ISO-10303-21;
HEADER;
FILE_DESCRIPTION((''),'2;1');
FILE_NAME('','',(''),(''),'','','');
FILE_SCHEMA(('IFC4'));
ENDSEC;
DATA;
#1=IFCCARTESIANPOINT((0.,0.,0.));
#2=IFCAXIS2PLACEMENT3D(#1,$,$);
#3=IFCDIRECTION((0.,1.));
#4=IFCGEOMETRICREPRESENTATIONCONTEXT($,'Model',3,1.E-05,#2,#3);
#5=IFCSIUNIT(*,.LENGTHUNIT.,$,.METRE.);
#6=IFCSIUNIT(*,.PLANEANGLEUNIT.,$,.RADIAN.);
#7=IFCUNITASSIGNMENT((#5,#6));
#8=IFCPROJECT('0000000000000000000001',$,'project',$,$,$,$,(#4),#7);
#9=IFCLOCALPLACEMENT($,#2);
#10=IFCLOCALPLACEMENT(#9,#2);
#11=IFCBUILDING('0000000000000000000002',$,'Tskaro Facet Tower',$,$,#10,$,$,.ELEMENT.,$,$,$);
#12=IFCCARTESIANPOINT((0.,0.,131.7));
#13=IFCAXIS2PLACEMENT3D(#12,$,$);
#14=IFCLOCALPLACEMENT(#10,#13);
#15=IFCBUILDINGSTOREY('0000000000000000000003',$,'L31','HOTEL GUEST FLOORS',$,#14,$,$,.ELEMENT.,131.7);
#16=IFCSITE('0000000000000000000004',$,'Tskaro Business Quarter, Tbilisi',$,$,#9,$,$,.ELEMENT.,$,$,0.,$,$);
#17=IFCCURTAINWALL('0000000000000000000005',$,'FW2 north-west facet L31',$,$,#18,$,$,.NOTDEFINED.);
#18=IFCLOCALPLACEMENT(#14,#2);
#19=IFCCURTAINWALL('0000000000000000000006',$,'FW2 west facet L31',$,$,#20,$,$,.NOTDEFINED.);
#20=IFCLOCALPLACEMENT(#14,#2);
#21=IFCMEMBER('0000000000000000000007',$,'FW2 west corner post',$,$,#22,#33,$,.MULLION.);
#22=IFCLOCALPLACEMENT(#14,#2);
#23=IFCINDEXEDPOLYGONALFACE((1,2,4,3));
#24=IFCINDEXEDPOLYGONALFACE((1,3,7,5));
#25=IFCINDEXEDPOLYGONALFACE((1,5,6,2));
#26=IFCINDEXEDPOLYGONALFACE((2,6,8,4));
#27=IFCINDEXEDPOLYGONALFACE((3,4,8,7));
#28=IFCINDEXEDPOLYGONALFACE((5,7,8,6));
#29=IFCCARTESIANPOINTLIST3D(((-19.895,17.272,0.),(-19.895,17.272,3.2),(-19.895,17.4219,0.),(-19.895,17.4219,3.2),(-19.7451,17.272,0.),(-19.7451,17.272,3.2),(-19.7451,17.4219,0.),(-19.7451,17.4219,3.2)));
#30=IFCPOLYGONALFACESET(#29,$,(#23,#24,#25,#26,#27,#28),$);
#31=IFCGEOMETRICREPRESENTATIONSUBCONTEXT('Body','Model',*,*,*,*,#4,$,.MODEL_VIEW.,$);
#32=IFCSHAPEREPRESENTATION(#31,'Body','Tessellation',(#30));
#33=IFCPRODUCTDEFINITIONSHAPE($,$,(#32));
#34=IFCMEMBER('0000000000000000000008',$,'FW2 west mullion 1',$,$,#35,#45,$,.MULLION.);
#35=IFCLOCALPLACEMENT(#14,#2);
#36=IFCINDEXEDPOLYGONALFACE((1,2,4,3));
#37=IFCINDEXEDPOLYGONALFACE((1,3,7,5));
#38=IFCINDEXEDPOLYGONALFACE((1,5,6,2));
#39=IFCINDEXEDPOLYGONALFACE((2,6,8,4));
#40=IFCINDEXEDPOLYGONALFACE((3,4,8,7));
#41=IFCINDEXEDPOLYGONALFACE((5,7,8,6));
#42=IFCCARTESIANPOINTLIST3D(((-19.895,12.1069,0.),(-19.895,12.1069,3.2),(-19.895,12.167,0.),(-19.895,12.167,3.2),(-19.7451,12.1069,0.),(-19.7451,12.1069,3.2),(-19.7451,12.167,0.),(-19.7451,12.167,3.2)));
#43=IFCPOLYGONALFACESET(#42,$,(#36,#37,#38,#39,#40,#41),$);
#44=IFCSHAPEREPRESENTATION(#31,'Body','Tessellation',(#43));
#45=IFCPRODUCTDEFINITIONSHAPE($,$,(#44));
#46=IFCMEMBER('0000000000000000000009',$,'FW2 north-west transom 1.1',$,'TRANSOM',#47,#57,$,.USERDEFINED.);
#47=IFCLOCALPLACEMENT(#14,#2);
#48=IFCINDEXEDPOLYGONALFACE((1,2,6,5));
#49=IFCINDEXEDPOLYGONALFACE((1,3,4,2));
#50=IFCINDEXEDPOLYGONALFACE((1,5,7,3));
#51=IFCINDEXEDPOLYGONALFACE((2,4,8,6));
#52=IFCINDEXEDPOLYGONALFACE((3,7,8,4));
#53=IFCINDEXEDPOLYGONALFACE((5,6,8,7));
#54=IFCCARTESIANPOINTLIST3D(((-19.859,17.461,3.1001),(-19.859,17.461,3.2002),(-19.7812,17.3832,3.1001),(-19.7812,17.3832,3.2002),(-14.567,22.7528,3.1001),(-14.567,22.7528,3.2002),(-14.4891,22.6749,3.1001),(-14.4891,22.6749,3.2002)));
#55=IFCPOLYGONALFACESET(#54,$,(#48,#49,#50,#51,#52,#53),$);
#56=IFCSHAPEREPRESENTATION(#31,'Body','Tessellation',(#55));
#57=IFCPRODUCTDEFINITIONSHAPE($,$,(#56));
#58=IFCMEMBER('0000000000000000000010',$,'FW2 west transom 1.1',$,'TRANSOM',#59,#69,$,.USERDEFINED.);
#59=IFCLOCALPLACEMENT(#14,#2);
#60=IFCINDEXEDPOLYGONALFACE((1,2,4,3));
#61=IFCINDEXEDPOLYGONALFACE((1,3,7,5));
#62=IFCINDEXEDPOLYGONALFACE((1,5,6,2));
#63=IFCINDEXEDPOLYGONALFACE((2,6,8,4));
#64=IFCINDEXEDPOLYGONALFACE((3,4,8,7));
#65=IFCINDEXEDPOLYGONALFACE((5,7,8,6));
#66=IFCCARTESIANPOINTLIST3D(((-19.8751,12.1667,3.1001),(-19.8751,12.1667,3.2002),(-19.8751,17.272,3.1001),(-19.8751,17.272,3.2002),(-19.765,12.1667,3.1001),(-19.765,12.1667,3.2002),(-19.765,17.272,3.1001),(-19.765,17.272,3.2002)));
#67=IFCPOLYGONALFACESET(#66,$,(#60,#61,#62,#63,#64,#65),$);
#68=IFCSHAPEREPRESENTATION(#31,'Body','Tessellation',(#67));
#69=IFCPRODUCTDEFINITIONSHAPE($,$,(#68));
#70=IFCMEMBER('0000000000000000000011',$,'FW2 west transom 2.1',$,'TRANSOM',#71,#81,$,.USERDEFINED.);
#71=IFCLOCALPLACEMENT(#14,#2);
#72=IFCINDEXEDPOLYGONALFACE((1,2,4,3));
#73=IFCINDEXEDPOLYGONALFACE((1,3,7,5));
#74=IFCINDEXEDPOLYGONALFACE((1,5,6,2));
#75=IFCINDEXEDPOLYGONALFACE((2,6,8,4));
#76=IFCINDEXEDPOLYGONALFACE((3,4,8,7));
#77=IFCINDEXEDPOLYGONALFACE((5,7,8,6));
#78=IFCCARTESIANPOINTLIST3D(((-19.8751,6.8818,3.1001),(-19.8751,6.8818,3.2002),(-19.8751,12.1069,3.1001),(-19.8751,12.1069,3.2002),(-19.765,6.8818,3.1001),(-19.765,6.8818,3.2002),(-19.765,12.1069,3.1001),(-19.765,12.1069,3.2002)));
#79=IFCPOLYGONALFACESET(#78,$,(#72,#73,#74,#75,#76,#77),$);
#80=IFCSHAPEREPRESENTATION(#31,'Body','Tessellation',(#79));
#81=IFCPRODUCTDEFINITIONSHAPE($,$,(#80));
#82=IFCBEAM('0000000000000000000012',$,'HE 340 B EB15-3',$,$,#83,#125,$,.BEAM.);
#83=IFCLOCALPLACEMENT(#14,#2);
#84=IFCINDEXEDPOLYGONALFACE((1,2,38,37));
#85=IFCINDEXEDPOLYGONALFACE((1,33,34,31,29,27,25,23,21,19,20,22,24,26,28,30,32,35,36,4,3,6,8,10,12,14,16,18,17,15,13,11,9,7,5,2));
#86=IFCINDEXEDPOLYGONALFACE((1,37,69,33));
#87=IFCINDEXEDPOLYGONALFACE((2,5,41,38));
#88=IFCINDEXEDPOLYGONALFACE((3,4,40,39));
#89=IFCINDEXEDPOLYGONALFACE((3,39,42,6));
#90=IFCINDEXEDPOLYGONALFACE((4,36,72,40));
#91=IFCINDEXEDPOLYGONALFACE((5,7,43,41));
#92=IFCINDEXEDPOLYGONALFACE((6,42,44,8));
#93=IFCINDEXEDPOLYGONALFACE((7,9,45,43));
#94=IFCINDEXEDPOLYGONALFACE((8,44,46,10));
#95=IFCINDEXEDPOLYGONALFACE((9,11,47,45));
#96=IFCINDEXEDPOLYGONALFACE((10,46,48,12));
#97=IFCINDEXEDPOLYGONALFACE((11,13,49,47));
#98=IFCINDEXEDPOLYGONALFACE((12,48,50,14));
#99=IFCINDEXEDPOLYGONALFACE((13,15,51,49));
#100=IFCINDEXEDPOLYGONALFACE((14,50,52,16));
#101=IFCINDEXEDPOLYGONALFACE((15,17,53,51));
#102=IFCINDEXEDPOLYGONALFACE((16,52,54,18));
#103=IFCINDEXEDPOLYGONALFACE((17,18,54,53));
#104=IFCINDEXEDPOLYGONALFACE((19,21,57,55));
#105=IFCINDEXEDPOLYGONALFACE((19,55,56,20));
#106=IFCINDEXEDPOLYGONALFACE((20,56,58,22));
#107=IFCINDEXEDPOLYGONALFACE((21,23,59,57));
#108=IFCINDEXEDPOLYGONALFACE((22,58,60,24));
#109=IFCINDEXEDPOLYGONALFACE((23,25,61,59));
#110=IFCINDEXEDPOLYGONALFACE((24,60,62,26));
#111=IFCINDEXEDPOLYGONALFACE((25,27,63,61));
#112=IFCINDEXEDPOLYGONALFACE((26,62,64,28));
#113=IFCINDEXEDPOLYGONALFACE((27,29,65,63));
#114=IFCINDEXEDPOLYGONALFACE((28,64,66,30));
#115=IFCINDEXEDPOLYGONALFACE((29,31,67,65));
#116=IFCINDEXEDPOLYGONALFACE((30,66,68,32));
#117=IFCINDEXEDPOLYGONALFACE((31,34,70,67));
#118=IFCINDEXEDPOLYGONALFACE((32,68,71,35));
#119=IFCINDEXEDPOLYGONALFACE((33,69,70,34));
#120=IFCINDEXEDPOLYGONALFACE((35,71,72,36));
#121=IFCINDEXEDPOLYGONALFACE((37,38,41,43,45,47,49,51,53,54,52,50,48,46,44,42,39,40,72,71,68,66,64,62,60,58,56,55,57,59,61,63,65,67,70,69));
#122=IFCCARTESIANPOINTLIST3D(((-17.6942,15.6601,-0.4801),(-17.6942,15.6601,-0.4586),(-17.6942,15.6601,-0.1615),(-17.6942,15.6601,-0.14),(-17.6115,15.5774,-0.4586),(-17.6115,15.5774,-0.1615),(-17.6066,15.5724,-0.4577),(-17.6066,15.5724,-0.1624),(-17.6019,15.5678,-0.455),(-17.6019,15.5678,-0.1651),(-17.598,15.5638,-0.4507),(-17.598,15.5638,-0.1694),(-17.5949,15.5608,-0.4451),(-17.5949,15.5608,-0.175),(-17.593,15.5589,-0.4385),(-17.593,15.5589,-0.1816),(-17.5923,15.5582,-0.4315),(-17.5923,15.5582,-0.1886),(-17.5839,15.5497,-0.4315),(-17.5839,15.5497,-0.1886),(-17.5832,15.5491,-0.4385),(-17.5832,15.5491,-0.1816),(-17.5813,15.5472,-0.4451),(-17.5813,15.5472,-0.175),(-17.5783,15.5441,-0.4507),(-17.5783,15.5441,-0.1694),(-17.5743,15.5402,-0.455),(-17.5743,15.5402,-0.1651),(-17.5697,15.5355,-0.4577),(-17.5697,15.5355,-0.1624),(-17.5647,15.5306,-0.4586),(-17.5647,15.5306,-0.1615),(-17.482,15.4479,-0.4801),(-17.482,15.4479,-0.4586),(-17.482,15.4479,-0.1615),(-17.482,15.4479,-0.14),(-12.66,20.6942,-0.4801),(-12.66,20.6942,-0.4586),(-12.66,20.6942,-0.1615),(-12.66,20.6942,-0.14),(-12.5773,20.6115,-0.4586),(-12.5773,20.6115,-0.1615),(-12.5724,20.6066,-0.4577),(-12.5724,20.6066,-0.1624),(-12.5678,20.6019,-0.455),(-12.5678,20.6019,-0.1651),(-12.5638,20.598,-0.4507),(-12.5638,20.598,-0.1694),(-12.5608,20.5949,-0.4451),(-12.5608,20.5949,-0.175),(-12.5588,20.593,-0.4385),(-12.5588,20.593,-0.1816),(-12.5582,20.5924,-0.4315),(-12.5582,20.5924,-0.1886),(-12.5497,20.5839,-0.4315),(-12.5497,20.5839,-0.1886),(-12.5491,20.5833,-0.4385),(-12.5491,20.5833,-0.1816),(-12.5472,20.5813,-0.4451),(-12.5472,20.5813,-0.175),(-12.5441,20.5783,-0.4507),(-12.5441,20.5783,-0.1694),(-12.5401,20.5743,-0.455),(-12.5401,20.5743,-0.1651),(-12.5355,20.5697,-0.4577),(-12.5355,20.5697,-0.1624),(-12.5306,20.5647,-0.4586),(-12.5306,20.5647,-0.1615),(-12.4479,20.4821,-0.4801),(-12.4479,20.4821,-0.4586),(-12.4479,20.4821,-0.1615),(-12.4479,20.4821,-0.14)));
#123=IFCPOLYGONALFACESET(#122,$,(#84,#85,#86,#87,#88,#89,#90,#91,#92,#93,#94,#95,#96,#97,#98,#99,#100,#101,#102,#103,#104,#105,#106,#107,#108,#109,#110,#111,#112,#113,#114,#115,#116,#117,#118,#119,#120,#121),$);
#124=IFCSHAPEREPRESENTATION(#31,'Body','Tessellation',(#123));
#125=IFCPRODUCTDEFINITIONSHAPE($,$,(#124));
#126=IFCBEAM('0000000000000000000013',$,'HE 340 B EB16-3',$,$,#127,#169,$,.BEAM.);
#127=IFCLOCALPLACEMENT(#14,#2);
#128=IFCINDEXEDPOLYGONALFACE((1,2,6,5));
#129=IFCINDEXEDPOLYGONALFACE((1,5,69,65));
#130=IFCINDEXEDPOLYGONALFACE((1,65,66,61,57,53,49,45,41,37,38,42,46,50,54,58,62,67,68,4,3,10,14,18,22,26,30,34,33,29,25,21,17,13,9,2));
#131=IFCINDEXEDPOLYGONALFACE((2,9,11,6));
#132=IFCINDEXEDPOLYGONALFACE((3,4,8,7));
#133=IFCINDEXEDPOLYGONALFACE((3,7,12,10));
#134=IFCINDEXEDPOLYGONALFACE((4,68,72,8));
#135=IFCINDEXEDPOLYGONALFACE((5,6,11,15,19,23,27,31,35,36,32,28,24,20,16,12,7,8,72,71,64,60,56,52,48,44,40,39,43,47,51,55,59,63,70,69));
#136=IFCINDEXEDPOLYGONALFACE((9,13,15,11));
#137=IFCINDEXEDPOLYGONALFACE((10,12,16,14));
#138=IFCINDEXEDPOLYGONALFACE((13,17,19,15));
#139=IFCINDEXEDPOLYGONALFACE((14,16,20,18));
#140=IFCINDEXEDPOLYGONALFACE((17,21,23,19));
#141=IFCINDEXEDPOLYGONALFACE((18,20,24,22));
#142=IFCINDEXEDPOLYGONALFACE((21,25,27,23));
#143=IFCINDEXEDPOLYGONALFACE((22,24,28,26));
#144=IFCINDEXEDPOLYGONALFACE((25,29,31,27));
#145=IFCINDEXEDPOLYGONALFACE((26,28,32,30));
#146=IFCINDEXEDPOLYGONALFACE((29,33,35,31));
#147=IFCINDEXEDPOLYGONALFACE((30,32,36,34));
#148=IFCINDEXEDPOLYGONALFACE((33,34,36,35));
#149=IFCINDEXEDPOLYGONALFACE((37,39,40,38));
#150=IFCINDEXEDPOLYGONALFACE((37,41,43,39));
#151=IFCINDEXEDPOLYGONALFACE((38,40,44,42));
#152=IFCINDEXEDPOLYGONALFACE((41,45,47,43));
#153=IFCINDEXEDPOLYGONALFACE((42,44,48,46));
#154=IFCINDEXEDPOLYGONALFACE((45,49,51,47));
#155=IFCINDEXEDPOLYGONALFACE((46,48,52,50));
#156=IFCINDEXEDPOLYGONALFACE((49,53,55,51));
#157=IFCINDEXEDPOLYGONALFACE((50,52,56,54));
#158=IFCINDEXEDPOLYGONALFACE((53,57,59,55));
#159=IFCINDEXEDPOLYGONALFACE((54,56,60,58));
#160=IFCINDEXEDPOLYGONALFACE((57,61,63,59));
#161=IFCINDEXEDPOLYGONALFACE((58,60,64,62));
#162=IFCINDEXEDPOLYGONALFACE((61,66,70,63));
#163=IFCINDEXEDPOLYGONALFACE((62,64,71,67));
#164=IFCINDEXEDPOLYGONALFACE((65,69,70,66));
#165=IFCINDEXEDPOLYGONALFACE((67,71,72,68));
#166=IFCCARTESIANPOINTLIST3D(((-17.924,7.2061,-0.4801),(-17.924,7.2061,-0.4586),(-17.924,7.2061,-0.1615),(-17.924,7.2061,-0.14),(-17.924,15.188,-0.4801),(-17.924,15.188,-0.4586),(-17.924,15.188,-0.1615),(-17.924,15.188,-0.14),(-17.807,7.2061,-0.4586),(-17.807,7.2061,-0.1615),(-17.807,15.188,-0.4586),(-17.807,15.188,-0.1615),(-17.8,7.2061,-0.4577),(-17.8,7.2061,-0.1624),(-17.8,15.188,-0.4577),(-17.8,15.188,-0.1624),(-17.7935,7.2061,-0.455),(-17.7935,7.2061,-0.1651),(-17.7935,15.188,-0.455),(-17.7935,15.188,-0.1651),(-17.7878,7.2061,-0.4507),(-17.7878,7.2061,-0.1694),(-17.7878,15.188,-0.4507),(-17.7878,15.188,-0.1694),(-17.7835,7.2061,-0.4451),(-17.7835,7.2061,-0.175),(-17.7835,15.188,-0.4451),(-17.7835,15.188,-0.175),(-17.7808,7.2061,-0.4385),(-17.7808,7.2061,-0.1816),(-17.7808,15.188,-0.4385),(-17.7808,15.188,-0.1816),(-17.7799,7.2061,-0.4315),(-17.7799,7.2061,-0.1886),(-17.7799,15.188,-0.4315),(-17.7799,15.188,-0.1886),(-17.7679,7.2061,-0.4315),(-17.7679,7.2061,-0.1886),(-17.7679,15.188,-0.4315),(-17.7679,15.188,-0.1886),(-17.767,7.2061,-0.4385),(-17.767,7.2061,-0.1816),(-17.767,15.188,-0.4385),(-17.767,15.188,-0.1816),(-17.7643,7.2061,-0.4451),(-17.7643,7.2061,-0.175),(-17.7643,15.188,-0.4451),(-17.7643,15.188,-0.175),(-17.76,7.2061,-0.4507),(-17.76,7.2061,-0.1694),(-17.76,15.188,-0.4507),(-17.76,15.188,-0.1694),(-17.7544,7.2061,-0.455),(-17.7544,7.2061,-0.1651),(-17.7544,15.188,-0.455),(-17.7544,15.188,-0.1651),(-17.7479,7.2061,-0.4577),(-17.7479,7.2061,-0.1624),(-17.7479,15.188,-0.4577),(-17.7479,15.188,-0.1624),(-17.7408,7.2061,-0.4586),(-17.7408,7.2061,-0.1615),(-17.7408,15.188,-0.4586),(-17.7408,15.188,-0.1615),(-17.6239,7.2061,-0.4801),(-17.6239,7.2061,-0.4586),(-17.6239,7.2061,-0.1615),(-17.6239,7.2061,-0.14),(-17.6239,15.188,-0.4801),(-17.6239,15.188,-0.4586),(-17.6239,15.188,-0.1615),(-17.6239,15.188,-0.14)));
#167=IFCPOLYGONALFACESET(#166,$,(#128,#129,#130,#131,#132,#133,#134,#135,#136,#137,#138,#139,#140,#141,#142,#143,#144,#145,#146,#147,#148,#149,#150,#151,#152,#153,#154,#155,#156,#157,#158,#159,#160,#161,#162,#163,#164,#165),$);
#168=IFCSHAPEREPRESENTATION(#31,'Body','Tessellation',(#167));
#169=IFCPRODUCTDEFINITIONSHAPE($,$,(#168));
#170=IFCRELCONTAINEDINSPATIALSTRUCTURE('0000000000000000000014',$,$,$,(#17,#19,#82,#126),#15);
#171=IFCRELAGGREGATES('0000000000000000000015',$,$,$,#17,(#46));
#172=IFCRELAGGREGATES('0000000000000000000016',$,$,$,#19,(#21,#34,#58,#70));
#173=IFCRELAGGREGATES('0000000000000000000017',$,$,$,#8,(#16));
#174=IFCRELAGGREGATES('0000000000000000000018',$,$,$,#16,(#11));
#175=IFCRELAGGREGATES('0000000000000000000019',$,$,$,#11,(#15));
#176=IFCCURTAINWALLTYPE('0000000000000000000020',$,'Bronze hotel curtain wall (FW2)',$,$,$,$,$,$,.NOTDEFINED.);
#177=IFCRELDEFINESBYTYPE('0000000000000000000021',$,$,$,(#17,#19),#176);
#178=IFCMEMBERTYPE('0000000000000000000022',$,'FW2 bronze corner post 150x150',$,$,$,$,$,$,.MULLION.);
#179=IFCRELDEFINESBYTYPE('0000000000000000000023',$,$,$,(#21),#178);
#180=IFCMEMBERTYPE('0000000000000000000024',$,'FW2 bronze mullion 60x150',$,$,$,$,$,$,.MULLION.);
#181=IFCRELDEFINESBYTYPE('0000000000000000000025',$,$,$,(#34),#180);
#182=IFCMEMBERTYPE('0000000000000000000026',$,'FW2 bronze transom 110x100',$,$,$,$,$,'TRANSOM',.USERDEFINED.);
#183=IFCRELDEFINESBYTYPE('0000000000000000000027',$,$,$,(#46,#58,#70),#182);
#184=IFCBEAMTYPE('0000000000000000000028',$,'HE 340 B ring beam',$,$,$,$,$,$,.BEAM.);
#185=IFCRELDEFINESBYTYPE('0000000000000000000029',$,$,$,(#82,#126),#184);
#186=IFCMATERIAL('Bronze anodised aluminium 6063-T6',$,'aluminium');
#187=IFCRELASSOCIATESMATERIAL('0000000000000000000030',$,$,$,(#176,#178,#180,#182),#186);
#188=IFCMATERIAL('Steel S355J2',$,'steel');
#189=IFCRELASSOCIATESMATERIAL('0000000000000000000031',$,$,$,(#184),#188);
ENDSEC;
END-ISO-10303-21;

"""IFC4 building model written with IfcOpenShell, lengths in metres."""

from ifc_helpers import new_model, si_unit, direction, frame, origin, origin_2d, place, context, subcontext, project, spatial, rectangle, i_section, extrude, material, material_profile, profile_set, type_object, element, aggregate, save


model = new_model("IFC4")

# Units and contexts
model_context = context("Model", 3, precision=1e-05, world=origin(), true_north=direction((0.0, 1.0)))
body_context = subcontext(model_context, "Body", "Model", "MODEL_VIEW")
ifc_project = project(units=[si_unit("LENGTHUNIT", "METRE"), si_unit("PLANEANGLEUNIT", "RADIAN")], contexts=[model_context])

# Site, building, storey
site_placement = place(None, origin())
site = spatial("IfcSite", under=ifc_project, at=site_placement, Name="Tskaro Business Quarter, Tbilisi", CompositionType="ELEMENT", RefElevation=0.0)
building_placement = place(site_placement, origin())
building = spatial("IfcBuilding", under=site, at=building_placement, Name="Tskaro Facet Tower", CompositionType="ELEMENT")
storey_placement = place(building_placement, frame((0.0, 0.0, 131.7)))
storey = spatial("IfcBuildingStorey", under=building, at=storey_placement, Name="L31", Description="HOTEL GUEST FLOORS", CompositionType="ELEMENT", Elevation=131.7)

# Curtain wall
ifc_material_1 = material(Name="Bronze anodised aluminium 6063-T6", Category="aluminium")
curtain_wall_type = type_object("IfcCurtainWallType", Name="Bronze hotel curtain wall (FW2)", PredefinedType="NOTDEFINED", material=ifc_material_1)
curtain_wall_1_placement = place(storey_placement, origin())
curtain_wall_1 = element("IfcCurtainWall", 1, at=curtain_wall_1_placement, inside=storey, type_object=curtain_wall_type, Name="FW2 north-west facet L31", PredefinedType="NOTDEFINED")
ifc_material_profile_1 = material_profile(ifc_material_1, rectangle(XDim=0.1499, YDim=0.1499, at=origin_2d()), Name="Corner post 150x150")
ifc_profile_set_1 = profile_set([ifc_material_profile_1], Name="Bronze anodised aluminium 6063-T6")
member_type_1 = type_object("IfcMemberType", Name="FW2 bronze corner post 150x150", PredefinedType="MULLION", material=ifc_profile_set_1)

# Curtain wall, members
curtain_wall_2_placement = place(storey_placement, origin())
curtain_wall_2 = element("IfcCurtainWall", 2, at=curtain_wall_2_placement, inside=storey, type_object=curtain_wall_type, Name="FW2 west facet L31", PredefinedType="NOTDEFINED")
member_1_placement = place(storey_placement, frame((-19.8201, 17.3469, 0.0), z_axis=(0.0, 0.0, 1.0), x_axis=(0.0, -1.0, 0.0)))
member_1 = element("IfcMember", 3, at=member_1_placement, type_object=member_type_1, Name="FW2 west corner post", PredefinedType="MULLION", context=body_context, shape_type="SweptSolid", body=[
    extrude(rectangle(XDim=0.1499, YDim=0.1499, at=origin_2d()), origin(), (0.0, 0.0, 1.0), 3.2),
])
ifc_material_profile_2 = material_profile(ifc_material_1, rectangle(XDim=0.0601, YDim=0.1499, at=origin_2d()), Name="Mullion 60x150")
ifc_profile_set_2 = profile_set([ifc_material_profile_2], Name="Bronze anodised aluminium 6063-T6")
member_type_2 = type_object("IfcMemberType", Name="FW2 bronze mullion 60x150", PredefinedType="MULLION", material=ifc_profile_set_2)
member_2_placement = place(storey_placement, frame((-19.8201, 12.137, 0.0), z_axis=(0.0, 0.0, 1.0), x_axis=(0.0, -1.0, 0.0)))
member_2 = element("IfcMember", 4, at=member_2_placement, type_object=member_type_2, Name="FW2 west mullion 1", PredefinedType="MULLION", context=body_context, shape_type="SweptSolid", body=[
    extrude(rectangle(XDim=0.0601, YDim=0.1499, at=origin_2d()), origin(), (0.0, 0.0, 1.0), 3.2),
])

# Members
ifc_material_profile_3 = material_profile(ifc_material_1, rectangle(XDim=0.1101, YDim=0.1001, at=origin_2d()), Name="Transom 110x100")
ifc_profile_set_3 = profile_set([ifc_material_profile_3], Name="Bronze anodised aluminium 6063-T6")
member_type_3 = type_object("IfcMemberType", Name="FW2 bronze transom 110x100", ElementType="TRANSOM", PredefinedType="USERDEFINED", material=ifc_profile_set_3)
member_3_placement = place(storey_placement, frame((-14.5281, 22.7139, 3.1501), z_axis=(-0.707123, -0.70709, 0.0), x_axis=(0.70709, -0.707123, 0.0)))
member_3 = element("IfcMember", 5, at=member_3_placement, type_object=member_type_3, Name="FW2 north-west transom 1.1", ObjectType="TRANSOM", PredefinedType="USERDEFINED", context=body_context, shape_type="SweptSolid", body=[
    extrude(rectangle(XDim=0.1101, YDim=0.1001, at=origin_2d()), origin(), (0.0, 0.0, 1.0), 7.4839),
])
member_4_placement = place(storey_placement, frame((-19.8201, 17.272, 3.1501), z_axis=(0.0, -1.0, 0.0), x_axis=(1.0, 0.0, 0.0)))
member_4 = element("IfcMember", 6, at=member_4_placement, type_object=member_type_3, Name="FW2 west transom 1.1", ObjectType="TRANSOM", PredefinedType="USERDEFINED", context=body_context, shape_type="SweptSolid", body=[
    extrude(rectangle(XDim=0.1101, YDim=0.1001, at=origin_2d()), origin(), (0.0, 0.0, 1.0), 5.1052),
])
member_5_placement = place(storey_placement, frame((-19.8201, 12.1069, 3.1501), z_axis=(0.0, -1.0, 0.0), x_axis=(1.0, 0.0, 0.0)))
member_5 = element("IfcMember", 7, at=member_5_placement, type_object=member_type_3, Name="FW2 west transom 2.1", ObjectType="TRANSOM", PredefinedType="USERDEFINED", context=body_context, shape_type="SweptSolid", body=[
    extrude(rectangle(XDim=0.1101, YDim=0.1001, at=origin_2d()), origin(), (0.0, 0.0, 1.0), 5.2251),
])

# Beams
ifc_material_2 = material(Name="Steel S355J2", Category="steel")
ifc_material_profile_4 = material_profile(ifc_material_2, i_section(OverallWidth=0.3, OverallDepth=0.3401, WebThickness=0.012, FlangeThickness=0.0215, FilletRadius=0.0271, at=origin_2d()), Name="HE 340 B")
ifc_profile_set_4 = profile_set([ifc_material_profile_4], Name="Steel S355J2")
beam_type_1 = type_object("IfcBeamType", Name="HE 340 B ring beam", PredefinedType="BEAM", material=ifc_profile_set_4)
beam_1_placement = place(storey_placement, frame((-12.554, 20.5881, -0.3101), z_axis=(-0.707107, -0.707107, 0.0), x_axis=(0.707107, -0.707107, 0.0)))
element("IfcBeam", 8, at=beam_1_placement, inside=storey, type_object=beam_type_1, Name="HE 340 B EB15-3", PredefinedType="BEAM", context=body_context, shape_type="SweptSolid", body=[
    extrude(i_section(OverallWidth=0.3, OverallDepth=0.3401, WebThickness=0.012, FlangeThickness=0.0215, FilletRadius=0.0271, at=origin_2d()), origin(), (0.0, 0.0, 1.0), 7.1194),
])
beam_2_placement = place(storey_placement, frame((-17.7739, 15.188, -0.3101), z_axis=(0.0, -1.0, 0.0), x_axis=(1.0, 0.0, 0.0)))
element("IfcBeam", 9, at=beam_2_placement, inside=storey, type_object=beam_type_1, Name="HE 340 B EB16-3", PredefinedType="BEAM", context=body_context, shape_type="SweptSolid", body=[
    extrude(i_section(OverallWidth=0.3, OverallDepth=0.3401, WebThickness=0.012, FlangeThickness=0.0215, FilletRadius=0.0271, at=origin_2d()), origin(), (0.0, 0.0, 1.0), 7.9819),
])

aggregate(curtain_wall_1, [member_3])
aggregate(curtain_wall_2, [member_1, member_2, member_4, member_5])

save(model, "model.ifc")
